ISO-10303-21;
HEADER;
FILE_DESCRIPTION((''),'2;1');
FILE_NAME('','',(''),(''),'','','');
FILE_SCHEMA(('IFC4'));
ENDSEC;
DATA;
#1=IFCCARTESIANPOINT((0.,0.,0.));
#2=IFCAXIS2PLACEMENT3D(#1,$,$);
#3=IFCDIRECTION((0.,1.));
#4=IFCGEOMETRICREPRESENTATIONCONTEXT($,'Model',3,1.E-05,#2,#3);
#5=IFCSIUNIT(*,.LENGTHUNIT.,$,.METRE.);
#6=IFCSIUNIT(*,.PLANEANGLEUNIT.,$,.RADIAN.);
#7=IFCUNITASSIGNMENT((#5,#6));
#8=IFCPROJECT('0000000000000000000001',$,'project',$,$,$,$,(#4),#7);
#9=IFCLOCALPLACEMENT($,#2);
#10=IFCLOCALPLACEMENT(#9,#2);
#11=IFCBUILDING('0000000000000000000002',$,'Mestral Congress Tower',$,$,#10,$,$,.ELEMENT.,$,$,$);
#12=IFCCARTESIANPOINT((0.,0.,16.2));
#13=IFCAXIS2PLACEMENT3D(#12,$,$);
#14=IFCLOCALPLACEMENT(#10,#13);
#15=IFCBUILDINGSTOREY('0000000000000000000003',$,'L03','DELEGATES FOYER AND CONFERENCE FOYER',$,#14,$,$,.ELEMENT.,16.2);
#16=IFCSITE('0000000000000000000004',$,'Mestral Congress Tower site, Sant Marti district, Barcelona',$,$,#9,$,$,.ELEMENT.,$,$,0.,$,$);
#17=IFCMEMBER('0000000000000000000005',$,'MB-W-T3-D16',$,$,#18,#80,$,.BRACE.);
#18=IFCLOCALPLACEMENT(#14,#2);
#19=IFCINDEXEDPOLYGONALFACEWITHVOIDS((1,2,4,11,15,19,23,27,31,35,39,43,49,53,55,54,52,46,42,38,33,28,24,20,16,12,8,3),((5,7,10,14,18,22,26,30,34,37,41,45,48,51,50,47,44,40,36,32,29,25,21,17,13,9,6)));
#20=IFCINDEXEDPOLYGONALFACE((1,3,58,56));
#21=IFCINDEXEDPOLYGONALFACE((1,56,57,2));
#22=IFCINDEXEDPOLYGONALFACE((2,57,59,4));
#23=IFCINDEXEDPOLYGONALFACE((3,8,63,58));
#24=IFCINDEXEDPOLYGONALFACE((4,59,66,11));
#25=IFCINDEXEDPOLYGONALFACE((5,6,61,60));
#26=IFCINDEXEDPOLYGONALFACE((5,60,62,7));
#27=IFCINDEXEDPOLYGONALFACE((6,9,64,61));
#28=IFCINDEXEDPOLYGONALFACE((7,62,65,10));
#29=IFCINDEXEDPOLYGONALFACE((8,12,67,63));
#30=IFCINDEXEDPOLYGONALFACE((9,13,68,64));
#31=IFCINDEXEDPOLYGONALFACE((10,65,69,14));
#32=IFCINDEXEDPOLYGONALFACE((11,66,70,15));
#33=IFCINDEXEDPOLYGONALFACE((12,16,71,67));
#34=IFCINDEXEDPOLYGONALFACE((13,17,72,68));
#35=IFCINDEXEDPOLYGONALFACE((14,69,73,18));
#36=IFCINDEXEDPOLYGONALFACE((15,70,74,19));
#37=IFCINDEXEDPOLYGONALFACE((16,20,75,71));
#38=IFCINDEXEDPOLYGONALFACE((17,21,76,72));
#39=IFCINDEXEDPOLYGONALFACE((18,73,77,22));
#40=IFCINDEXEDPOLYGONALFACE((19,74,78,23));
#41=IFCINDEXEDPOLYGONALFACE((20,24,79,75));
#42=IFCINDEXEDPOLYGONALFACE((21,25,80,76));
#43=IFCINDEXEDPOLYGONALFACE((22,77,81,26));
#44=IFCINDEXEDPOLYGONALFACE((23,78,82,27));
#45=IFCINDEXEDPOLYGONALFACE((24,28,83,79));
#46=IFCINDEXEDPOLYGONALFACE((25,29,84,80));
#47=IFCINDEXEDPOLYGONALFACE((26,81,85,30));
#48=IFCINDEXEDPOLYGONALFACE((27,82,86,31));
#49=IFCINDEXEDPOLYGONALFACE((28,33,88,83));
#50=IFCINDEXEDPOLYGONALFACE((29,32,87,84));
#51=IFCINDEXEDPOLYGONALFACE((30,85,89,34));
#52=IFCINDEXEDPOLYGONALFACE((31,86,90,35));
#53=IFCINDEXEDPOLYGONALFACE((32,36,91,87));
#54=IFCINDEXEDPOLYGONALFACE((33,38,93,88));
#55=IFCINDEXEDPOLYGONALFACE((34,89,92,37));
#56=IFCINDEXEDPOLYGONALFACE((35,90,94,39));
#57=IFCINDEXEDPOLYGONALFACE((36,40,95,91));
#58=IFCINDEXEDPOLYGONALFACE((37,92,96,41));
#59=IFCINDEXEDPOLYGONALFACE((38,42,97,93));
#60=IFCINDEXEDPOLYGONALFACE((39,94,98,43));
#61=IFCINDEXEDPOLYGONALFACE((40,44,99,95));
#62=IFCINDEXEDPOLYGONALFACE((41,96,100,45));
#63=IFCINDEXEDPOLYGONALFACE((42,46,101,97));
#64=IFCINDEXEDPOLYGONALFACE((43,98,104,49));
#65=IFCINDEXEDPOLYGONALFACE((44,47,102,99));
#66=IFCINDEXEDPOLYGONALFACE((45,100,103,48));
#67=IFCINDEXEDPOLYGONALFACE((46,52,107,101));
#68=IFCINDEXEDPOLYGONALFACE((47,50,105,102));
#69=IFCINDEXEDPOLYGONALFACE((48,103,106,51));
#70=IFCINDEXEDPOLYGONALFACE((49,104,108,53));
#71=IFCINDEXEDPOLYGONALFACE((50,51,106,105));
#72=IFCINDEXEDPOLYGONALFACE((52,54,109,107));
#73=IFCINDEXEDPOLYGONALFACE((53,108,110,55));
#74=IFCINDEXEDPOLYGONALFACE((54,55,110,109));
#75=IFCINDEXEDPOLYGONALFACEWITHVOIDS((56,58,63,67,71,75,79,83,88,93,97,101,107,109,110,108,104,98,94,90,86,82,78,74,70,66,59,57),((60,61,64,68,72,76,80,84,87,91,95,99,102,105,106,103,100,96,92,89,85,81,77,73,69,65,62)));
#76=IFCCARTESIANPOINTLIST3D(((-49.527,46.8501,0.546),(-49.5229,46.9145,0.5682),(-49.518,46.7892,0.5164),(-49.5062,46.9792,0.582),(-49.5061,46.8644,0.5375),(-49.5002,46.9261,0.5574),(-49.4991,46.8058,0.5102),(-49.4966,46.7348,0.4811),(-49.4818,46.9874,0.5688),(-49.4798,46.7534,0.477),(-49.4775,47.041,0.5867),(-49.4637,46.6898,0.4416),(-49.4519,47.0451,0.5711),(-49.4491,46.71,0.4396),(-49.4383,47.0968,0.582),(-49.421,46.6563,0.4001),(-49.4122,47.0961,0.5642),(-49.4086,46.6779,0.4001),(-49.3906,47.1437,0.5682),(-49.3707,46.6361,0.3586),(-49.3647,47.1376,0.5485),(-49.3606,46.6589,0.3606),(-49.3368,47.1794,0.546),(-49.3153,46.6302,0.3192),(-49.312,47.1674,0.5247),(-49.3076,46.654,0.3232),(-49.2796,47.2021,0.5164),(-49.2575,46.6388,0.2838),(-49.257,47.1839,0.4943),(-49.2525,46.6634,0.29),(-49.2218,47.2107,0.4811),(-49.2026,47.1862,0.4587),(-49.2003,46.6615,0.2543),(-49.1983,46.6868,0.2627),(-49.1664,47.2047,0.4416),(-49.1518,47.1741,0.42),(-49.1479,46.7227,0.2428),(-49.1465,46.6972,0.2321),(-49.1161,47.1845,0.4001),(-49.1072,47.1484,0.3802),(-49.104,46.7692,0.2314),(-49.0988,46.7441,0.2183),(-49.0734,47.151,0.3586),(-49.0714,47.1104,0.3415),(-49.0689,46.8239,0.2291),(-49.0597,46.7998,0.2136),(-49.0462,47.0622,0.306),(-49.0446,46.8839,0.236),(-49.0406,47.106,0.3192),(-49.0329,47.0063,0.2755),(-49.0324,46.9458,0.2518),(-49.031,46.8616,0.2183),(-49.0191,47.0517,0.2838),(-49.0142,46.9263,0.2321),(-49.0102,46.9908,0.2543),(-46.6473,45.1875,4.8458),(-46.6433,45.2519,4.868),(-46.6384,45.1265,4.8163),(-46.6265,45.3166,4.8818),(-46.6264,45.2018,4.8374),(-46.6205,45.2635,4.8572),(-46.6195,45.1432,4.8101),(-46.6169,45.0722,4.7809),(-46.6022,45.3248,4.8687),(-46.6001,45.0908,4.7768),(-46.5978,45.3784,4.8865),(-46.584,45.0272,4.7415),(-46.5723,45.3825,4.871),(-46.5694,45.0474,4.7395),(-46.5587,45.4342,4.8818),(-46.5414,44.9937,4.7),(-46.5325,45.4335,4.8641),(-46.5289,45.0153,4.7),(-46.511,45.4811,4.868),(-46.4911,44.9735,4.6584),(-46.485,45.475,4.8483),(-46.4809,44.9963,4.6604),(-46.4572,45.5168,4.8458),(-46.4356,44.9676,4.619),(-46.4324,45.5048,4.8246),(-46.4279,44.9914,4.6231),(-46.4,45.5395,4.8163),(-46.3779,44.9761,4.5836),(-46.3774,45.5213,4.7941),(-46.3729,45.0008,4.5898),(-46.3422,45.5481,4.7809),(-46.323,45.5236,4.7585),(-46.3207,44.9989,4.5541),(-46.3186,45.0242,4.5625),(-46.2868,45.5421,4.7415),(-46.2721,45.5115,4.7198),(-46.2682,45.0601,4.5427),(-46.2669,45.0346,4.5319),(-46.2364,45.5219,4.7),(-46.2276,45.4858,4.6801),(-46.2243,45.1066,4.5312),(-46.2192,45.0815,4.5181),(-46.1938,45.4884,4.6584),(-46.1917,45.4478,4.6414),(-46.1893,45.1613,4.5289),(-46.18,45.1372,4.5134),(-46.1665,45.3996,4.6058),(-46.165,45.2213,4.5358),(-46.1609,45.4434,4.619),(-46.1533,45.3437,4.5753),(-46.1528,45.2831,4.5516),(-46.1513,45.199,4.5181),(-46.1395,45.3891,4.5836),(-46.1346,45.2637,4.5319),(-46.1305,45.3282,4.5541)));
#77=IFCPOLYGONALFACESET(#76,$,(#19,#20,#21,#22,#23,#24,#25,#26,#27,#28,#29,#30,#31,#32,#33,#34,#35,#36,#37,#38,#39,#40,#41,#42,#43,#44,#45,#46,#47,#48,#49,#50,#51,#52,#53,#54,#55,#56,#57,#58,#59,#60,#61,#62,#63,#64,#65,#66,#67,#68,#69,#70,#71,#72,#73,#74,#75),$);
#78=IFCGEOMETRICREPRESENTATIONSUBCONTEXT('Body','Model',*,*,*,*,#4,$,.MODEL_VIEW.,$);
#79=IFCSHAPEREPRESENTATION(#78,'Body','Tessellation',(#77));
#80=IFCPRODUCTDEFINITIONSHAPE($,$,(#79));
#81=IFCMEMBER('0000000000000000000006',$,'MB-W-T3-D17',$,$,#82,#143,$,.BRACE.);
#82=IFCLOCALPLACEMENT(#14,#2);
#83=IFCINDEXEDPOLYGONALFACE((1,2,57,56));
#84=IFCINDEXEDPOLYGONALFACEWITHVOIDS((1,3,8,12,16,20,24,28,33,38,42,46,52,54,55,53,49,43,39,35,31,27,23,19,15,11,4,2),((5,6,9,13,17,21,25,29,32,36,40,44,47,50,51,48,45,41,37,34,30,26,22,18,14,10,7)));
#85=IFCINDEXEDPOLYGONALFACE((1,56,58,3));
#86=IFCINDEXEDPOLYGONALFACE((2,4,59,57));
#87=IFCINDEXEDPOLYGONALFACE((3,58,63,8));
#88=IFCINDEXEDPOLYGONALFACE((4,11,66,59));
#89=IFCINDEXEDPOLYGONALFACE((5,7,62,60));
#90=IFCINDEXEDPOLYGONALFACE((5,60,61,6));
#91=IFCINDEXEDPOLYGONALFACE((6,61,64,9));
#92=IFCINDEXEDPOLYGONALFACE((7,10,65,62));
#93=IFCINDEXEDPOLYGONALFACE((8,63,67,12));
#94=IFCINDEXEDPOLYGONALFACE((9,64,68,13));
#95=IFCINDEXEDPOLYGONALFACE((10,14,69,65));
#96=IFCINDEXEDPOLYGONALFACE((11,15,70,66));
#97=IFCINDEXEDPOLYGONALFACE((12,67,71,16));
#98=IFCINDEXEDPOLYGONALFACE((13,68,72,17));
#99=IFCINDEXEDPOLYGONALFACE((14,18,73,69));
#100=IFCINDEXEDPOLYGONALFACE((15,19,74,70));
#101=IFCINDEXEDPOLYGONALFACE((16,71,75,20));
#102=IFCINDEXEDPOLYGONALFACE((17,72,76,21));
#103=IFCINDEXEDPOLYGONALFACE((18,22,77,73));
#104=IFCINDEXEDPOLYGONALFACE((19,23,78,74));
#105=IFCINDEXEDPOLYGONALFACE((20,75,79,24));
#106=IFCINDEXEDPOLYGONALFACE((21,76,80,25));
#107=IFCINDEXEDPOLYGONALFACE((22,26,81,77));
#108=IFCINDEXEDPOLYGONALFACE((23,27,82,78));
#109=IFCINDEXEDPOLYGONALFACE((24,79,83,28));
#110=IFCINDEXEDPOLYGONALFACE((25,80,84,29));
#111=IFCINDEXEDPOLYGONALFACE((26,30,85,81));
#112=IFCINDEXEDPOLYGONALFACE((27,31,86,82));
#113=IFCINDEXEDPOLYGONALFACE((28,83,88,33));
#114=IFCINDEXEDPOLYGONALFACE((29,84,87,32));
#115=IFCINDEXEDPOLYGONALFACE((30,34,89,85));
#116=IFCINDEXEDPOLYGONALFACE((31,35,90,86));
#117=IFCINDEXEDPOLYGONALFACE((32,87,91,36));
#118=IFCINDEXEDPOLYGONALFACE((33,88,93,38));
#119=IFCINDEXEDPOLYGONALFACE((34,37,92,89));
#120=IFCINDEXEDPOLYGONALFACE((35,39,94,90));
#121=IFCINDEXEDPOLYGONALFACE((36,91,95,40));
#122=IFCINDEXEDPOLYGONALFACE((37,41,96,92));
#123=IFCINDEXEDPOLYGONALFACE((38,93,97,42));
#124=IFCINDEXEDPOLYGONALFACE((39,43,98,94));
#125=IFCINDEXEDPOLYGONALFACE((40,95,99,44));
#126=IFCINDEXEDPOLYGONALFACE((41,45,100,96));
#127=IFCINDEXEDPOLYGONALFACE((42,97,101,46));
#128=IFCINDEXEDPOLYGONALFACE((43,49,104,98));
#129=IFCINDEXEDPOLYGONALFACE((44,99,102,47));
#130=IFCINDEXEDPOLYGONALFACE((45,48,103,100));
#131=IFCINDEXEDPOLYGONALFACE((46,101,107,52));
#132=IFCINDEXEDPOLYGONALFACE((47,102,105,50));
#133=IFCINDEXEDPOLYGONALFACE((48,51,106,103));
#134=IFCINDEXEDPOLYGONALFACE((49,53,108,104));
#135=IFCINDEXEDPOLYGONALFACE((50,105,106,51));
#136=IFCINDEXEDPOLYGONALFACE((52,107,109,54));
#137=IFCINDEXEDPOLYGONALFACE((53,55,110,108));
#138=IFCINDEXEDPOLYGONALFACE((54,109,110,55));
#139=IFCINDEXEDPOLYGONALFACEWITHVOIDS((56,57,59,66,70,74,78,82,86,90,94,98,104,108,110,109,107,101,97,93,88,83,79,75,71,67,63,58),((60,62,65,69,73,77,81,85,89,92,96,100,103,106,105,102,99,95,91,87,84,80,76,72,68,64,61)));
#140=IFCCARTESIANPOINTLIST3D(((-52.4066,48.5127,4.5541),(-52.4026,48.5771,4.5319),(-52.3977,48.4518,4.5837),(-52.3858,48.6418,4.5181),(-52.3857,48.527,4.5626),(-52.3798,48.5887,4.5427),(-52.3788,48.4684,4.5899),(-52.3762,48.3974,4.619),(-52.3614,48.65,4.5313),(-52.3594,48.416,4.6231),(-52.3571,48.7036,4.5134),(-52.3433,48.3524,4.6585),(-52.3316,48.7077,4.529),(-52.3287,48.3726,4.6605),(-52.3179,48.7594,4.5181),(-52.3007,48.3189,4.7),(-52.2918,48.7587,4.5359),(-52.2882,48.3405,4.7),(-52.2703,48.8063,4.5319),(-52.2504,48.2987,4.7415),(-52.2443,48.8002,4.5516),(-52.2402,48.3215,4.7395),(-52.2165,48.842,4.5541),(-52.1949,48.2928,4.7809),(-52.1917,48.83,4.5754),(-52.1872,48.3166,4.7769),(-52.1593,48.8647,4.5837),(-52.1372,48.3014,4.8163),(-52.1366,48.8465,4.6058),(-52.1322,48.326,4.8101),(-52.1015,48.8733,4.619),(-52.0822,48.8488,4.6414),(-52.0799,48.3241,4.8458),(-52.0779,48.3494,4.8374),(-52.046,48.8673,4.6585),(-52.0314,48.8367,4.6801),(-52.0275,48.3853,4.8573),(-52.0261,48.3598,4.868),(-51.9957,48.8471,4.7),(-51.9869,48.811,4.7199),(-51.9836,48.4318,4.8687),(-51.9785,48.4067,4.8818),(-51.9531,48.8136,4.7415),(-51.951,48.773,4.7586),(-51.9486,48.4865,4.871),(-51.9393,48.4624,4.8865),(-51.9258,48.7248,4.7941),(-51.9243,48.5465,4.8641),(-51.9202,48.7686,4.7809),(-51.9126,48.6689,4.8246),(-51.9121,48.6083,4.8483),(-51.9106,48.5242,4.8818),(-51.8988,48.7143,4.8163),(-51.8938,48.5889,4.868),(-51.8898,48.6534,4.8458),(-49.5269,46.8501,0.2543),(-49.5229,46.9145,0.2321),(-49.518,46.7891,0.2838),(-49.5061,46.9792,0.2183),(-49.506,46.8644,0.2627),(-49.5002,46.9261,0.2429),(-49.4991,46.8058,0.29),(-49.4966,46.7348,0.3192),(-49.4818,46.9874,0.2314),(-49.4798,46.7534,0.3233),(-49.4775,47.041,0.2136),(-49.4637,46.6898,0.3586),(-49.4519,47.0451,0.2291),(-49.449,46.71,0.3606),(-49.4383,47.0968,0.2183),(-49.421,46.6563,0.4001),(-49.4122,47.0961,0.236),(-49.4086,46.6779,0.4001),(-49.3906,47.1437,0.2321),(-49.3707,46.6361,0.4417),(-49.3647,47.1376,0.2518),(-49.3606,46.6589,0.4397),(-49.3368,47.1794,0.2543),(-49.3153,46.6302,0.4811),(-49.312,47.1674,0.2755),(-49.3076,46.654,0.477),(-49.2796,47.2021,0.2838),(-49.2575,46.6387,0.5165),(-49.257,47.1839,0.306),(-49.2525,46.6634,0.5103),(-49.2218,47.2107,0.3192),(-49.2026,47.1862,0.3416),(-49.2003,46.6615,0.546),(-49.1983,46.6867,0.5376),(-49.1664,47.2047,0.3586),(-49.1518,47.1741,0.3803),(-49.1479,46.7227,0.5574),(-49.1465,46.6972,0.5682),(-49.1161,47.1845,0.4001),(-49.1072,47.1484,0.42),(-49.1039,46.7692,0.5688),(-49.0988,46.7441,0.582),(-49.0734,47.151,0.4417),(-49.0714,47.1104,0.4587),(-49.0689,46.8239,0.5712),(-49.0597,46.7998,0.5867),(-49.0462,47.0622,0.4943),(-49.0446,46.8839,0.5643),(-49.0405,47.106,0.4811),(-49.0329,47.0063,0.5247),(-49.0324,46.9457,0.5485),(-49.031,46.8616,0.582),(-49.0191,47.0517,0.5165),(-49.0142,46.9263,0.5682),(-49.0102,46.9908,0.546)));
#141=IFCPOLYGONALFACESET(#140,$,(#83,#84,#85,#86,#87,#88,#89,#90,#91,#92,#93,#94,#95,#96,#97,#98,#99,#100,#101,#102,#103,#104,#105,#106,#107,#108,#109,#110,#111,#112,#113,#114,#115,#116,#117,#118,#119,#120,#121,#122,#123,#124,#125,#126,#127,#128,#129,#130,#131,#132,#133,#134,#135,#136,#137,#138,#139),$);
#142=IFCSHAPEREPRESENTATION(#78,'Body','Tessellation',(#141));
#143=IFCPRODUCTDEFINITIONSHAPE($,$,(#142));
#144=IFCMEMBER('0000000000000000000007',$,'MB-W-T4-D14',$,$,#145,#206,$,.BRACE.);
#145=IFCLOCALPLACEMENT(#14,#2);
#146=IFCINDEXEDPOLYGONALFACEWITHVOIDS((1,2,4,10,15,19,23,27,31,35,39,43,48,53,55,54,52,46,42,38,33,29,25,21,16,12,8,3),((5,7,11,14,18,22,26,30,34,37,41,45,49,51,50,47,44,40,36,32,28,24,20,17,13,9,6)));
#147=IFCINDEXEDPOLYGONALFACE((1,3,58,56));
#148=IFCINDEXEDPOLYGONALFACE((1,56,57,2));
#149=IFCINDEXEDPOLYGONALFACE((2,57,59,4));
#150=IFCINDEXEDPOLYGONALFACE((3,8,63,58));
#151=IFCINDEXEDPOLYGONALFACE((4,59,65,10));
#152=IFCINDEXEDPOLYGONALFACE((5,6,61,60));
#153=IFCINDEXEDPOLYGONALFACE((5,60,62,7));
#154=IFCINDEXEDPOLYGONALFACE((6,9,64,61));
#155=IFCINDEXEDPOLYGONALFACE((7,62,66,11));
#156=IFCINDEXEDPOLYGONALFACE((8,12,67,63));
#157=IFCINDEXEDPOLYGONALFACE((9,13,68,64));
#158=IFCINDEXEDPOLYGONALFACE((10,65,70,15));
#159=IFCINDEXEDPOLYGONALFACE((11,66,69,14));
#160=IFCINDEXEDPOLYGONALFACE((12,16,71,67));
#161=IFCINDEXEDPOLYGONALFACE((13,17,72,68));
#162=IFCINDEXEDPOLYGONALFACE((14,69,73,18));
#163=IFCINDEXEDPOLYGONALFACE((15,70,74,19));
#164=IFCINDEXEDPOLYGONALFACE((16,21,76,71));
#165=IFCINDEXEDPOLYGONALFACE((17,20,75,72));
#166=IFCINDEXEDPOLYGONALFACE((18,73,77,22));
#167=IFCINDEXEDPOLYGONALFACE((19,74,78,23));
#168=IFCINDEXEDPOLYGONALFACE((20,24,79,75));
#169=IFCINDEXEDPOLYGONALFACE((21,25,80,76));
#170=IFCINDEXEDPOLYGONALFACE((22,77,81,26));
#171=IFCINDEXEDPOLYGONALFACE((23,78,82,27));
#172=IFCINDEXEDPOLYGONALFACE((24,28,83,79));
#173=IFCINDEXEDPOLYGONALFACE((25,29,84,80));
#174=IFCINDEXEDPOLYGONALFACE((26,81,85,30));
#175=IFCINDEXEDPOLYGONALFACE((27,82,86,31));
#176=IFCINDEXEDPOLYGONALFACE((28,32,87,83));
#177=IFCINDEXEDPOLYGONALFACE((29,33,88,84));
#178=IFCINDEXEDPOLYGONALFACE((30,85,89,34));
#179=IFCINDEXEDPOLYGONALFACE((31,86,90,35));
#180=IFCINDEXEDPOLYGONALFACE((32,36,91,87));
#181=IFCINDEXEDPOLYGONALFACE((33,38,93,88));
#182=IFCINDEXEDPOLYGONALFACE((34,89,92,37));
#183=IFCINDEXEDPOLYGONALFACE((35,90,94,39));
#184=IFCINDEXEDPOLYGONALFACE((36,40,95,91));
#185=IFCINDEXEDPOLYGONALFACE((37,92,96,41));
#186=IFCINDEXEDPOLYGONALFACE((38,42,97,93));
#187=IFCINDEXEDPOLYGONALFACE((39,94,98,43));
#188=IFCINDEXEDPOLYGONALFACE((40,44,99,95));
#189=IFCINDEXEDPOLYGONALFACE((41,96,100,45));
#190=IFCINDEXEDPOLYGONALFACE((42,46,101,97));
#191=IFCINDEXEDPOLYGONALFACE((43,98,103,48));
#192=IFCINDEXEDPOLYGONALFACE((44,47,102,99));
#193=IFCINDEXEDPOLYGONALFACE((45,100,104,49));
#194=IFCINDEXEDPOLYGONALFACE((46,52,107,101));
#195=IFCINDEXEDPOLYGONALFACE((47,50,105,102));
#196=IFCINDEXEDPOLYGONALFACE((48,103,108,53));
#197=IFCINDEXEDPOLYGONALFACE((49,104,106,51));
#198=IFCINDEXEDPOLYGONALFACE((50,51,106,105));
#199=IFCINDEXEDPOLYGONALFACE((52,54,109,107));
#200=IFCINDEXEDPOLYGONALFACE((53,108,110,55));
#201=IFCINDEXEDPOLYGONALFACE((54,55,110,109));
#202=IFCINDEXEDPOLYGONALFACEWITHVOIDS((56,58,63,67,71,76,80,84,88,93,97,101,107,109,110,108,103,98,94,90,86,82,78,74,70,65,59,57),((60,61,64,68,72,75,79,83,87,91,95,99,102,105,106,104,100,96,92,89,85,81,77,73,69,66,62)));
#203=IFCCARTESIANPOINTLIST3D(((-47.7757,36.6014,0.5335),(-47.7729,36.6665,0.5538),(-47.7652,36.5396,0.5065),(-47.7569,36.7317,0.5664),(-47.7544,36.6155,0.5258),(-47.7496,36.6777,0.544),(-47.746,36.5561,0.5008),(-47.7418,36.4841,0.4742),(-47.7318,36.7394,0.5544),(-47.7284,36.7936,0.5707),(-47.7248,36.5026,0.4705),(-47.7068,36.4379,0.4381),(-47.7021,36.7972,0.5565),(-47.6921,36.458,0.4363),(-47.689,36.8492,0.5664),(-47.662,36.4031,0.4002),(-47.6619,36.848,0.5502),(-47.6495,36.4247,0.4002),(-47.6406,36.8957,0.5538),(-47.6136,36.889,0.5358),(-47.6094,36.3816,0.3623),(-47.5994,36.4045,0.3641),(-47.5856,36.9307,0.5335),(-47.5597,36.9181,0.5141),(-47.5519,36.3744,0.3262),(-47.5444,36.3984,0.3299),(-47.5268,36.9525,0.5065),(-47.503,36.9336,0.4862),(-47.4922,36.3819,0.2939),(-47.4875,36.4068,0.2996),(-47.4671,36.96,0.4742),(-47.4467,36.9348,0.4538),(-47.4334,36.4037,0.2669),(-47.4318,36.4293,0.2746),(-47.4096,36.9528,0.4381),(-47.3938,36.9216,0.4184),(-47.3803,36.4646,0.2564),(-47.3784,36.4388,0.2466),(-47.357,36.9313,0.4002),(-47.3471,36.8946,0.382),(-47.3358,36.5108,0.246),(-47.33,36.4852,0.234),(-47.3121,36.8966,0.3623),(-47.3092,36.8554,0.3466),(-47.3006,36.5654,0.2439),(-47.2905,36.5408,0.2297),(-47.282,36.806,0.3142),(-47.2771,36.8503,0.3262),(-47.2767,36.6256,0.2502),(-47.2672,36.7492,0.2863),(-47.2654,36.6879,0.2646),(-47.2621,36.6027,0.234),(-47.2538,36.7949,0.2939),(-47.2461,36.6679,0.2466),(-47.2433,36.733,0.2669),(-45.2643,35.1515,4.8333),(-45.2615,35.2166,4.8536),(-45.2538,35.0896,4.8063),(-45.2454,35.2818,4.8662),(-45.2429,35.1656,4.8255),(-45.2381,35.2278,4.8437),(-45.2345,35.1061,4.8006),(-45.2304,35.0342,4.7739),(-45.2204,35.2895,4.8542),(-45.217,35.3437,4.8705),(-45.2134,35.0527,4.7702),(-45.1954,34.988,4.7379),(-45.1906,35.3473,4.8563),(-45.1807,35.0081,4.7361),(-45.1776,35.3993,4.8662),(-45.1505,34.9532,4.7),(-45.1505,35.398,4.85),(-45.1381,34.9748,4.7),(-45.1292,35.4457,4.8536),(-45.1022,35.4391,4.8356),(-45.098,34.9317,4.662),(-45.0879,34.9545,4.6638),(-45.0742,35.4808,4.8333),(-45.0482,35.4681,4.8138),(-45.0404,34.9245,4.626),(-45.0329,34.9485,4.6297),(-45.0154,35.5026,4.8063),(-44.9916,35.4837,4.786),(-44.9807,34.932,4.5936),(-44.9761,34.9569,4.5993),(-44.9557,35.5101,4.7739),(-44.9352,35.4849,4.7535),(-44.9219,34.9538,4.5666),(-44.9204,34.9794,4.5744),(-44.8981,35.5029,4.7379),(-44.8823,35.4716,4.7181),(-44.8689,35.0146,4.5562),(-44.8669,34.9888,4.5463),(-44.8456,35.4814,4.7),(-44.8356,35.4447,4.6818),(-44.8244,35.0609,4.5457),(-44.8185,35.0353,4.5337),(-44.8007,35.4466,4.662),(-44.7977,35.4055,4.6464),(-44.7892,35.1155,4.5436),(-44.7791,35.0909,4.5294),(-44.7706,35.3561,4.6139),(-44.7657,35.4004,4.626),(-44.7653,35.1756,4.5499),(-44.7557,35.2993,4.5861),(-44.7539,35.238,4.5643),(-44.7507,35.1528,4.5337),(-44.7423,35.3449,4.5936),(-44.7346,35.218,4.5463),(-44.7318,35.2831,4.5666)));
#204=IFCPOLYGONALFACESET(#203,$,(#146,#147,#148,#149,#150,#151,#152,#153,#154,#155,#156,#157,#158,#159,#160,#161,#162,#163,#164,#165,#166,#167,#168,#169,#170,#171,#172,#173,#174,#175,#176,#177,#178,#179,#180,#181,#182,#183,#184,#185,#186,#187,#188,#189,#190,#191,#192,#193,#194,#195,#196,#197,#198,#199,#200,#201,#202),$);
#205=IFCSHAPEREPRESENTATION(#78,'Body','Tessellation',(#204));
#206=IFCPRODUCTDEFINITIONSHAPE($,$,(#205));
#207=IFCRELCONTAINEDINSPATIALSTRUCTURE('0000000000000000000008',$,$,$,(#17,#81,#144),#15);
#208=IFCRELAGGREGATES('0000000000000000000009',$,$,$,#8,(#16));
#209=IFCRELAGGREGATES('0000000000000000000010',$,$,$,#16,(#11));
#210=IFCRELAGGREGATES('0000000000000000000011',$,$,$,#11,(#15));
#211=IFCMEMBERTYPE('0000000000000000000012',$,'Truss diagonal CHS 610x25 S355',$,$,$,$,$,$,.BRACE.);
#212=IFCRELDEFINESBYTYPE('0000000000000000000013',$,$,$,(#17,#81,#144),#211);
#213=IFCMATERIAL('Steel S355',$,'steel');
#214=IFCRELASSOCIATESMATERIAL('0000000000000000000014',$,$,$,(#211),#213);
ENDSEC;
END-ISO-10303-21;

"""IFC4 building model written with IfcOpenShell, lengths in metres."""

from ifc_helpers import new_model, si_unit, direction, frame, origin, origin_2d, place, context, subcontext, project, spatial, hollow_circle, extrude, material, material_profile, profile_set, type_object, element, save


model = new_model("IFC4")

# Units and contexts
model_context = context("Model", 3, precision=1e-05, world=origin(), true_north=direction((0.0, 1.0)))
body_context = subcontext(model_context, "Body", "Model", "MODEL_VIEW")
ifc_project = project(units=[si_unit("LENGTHUNIT", "METRE"), si_unit("PLANEANGLEUNIT", "RADIAN")], contexts=[model_context])

# Site, building, storey
site_placement = place(None, origin())
site = spatial("IfcSite", under=ifc_project, at=site_placement, Name="Mestral Congress Tower site, Sant Marti district, Barcelona", CompositionType="ELEMENT", RefElevation=0.0)
building_placement = place(site_placement, origin())
building = spatial("IfcBuilding", under=site, at=building_placement, Name="Mestral Congress Tower", CompositionType="ELEMENT")
storey_placement = place(building_placement, frame((0.0, 0.0, 16.2)))
storey = spatial("IfcBuildingStorey", under=building, at=storey_placement, Name="L03", Description="DELEGATES FOYER AND CONFERENCE FOYER", CompositionType="ELEMENT", Elevation=16.2)

# Members
ifc_material_1 = material(Name="Steel S355", Category="steel")
ifc_material_profile_1 = material_profile(ifc_material_1, hollow_circle(Radius=0.3049, WallThickness=0.0249, at=origin_2d()), Name="CHS 610x25")
ifc_profile_set_1 = profile_set([ifc_material_profile_1], Name="Steel S355")
member_type_1 = type_object("IfcMemberType", Name="Truss diagonal CHS 610x25 S355", PredefinedType="BRACE", material=ifc_profile_set_1)
for number, where, z_axis, x_axis, name in (
    (1, (-46.3889, 45.2578, 4.7), (-0.529782, 0.305877, -0.791057), (-0.500008, -0.866021, 0.0), "MB-W-T3-D16"),
    (2, (-49.2686, 46.9204, 0.4001), (-0.529782, 0.305877, 0.791057), (-0.500008, -0.866021, 0.0), "MB-W-T3-D17"),
):
    element("IfcMember", number, at=place(storey_placement, frame(where, z_axis=z_axis, x_axis=x_axis)), inside=storey, type_object=member_type_1, Name=name, PredefinedType="BRACE", context=body_context, shape_type="SweptSolid", body=[
        extrude(hollow_circle(Radius=0.3049, WallThickness=0.0249, at=origin_2d()), origin(), (0.0, 0.0, 1.0), 5.4355),
    ])
member_1_placement = place(storey_placement, frame((-44.998, 35.2173, 4.7), z_axis=(-0.484247, 0.279571, -0.829062), x_axis=(-0.499987, -0.866033, 0.0)))
element("IfcMember", 3, at=member_1_placement, inside=storey, type_object=member_type_1, Name="MB-W-T4-D14", PredefinedType="BRACE", context=body_context, shape_type="SweptSolid", body=[
    extrude(hollow_circle(Radius=0.3049, WallThickness=0.0249, at=origin_2d()), origin(), (0.0, 0.0, 1.0), 5.1863),
])

save(model, "model.ifc")
